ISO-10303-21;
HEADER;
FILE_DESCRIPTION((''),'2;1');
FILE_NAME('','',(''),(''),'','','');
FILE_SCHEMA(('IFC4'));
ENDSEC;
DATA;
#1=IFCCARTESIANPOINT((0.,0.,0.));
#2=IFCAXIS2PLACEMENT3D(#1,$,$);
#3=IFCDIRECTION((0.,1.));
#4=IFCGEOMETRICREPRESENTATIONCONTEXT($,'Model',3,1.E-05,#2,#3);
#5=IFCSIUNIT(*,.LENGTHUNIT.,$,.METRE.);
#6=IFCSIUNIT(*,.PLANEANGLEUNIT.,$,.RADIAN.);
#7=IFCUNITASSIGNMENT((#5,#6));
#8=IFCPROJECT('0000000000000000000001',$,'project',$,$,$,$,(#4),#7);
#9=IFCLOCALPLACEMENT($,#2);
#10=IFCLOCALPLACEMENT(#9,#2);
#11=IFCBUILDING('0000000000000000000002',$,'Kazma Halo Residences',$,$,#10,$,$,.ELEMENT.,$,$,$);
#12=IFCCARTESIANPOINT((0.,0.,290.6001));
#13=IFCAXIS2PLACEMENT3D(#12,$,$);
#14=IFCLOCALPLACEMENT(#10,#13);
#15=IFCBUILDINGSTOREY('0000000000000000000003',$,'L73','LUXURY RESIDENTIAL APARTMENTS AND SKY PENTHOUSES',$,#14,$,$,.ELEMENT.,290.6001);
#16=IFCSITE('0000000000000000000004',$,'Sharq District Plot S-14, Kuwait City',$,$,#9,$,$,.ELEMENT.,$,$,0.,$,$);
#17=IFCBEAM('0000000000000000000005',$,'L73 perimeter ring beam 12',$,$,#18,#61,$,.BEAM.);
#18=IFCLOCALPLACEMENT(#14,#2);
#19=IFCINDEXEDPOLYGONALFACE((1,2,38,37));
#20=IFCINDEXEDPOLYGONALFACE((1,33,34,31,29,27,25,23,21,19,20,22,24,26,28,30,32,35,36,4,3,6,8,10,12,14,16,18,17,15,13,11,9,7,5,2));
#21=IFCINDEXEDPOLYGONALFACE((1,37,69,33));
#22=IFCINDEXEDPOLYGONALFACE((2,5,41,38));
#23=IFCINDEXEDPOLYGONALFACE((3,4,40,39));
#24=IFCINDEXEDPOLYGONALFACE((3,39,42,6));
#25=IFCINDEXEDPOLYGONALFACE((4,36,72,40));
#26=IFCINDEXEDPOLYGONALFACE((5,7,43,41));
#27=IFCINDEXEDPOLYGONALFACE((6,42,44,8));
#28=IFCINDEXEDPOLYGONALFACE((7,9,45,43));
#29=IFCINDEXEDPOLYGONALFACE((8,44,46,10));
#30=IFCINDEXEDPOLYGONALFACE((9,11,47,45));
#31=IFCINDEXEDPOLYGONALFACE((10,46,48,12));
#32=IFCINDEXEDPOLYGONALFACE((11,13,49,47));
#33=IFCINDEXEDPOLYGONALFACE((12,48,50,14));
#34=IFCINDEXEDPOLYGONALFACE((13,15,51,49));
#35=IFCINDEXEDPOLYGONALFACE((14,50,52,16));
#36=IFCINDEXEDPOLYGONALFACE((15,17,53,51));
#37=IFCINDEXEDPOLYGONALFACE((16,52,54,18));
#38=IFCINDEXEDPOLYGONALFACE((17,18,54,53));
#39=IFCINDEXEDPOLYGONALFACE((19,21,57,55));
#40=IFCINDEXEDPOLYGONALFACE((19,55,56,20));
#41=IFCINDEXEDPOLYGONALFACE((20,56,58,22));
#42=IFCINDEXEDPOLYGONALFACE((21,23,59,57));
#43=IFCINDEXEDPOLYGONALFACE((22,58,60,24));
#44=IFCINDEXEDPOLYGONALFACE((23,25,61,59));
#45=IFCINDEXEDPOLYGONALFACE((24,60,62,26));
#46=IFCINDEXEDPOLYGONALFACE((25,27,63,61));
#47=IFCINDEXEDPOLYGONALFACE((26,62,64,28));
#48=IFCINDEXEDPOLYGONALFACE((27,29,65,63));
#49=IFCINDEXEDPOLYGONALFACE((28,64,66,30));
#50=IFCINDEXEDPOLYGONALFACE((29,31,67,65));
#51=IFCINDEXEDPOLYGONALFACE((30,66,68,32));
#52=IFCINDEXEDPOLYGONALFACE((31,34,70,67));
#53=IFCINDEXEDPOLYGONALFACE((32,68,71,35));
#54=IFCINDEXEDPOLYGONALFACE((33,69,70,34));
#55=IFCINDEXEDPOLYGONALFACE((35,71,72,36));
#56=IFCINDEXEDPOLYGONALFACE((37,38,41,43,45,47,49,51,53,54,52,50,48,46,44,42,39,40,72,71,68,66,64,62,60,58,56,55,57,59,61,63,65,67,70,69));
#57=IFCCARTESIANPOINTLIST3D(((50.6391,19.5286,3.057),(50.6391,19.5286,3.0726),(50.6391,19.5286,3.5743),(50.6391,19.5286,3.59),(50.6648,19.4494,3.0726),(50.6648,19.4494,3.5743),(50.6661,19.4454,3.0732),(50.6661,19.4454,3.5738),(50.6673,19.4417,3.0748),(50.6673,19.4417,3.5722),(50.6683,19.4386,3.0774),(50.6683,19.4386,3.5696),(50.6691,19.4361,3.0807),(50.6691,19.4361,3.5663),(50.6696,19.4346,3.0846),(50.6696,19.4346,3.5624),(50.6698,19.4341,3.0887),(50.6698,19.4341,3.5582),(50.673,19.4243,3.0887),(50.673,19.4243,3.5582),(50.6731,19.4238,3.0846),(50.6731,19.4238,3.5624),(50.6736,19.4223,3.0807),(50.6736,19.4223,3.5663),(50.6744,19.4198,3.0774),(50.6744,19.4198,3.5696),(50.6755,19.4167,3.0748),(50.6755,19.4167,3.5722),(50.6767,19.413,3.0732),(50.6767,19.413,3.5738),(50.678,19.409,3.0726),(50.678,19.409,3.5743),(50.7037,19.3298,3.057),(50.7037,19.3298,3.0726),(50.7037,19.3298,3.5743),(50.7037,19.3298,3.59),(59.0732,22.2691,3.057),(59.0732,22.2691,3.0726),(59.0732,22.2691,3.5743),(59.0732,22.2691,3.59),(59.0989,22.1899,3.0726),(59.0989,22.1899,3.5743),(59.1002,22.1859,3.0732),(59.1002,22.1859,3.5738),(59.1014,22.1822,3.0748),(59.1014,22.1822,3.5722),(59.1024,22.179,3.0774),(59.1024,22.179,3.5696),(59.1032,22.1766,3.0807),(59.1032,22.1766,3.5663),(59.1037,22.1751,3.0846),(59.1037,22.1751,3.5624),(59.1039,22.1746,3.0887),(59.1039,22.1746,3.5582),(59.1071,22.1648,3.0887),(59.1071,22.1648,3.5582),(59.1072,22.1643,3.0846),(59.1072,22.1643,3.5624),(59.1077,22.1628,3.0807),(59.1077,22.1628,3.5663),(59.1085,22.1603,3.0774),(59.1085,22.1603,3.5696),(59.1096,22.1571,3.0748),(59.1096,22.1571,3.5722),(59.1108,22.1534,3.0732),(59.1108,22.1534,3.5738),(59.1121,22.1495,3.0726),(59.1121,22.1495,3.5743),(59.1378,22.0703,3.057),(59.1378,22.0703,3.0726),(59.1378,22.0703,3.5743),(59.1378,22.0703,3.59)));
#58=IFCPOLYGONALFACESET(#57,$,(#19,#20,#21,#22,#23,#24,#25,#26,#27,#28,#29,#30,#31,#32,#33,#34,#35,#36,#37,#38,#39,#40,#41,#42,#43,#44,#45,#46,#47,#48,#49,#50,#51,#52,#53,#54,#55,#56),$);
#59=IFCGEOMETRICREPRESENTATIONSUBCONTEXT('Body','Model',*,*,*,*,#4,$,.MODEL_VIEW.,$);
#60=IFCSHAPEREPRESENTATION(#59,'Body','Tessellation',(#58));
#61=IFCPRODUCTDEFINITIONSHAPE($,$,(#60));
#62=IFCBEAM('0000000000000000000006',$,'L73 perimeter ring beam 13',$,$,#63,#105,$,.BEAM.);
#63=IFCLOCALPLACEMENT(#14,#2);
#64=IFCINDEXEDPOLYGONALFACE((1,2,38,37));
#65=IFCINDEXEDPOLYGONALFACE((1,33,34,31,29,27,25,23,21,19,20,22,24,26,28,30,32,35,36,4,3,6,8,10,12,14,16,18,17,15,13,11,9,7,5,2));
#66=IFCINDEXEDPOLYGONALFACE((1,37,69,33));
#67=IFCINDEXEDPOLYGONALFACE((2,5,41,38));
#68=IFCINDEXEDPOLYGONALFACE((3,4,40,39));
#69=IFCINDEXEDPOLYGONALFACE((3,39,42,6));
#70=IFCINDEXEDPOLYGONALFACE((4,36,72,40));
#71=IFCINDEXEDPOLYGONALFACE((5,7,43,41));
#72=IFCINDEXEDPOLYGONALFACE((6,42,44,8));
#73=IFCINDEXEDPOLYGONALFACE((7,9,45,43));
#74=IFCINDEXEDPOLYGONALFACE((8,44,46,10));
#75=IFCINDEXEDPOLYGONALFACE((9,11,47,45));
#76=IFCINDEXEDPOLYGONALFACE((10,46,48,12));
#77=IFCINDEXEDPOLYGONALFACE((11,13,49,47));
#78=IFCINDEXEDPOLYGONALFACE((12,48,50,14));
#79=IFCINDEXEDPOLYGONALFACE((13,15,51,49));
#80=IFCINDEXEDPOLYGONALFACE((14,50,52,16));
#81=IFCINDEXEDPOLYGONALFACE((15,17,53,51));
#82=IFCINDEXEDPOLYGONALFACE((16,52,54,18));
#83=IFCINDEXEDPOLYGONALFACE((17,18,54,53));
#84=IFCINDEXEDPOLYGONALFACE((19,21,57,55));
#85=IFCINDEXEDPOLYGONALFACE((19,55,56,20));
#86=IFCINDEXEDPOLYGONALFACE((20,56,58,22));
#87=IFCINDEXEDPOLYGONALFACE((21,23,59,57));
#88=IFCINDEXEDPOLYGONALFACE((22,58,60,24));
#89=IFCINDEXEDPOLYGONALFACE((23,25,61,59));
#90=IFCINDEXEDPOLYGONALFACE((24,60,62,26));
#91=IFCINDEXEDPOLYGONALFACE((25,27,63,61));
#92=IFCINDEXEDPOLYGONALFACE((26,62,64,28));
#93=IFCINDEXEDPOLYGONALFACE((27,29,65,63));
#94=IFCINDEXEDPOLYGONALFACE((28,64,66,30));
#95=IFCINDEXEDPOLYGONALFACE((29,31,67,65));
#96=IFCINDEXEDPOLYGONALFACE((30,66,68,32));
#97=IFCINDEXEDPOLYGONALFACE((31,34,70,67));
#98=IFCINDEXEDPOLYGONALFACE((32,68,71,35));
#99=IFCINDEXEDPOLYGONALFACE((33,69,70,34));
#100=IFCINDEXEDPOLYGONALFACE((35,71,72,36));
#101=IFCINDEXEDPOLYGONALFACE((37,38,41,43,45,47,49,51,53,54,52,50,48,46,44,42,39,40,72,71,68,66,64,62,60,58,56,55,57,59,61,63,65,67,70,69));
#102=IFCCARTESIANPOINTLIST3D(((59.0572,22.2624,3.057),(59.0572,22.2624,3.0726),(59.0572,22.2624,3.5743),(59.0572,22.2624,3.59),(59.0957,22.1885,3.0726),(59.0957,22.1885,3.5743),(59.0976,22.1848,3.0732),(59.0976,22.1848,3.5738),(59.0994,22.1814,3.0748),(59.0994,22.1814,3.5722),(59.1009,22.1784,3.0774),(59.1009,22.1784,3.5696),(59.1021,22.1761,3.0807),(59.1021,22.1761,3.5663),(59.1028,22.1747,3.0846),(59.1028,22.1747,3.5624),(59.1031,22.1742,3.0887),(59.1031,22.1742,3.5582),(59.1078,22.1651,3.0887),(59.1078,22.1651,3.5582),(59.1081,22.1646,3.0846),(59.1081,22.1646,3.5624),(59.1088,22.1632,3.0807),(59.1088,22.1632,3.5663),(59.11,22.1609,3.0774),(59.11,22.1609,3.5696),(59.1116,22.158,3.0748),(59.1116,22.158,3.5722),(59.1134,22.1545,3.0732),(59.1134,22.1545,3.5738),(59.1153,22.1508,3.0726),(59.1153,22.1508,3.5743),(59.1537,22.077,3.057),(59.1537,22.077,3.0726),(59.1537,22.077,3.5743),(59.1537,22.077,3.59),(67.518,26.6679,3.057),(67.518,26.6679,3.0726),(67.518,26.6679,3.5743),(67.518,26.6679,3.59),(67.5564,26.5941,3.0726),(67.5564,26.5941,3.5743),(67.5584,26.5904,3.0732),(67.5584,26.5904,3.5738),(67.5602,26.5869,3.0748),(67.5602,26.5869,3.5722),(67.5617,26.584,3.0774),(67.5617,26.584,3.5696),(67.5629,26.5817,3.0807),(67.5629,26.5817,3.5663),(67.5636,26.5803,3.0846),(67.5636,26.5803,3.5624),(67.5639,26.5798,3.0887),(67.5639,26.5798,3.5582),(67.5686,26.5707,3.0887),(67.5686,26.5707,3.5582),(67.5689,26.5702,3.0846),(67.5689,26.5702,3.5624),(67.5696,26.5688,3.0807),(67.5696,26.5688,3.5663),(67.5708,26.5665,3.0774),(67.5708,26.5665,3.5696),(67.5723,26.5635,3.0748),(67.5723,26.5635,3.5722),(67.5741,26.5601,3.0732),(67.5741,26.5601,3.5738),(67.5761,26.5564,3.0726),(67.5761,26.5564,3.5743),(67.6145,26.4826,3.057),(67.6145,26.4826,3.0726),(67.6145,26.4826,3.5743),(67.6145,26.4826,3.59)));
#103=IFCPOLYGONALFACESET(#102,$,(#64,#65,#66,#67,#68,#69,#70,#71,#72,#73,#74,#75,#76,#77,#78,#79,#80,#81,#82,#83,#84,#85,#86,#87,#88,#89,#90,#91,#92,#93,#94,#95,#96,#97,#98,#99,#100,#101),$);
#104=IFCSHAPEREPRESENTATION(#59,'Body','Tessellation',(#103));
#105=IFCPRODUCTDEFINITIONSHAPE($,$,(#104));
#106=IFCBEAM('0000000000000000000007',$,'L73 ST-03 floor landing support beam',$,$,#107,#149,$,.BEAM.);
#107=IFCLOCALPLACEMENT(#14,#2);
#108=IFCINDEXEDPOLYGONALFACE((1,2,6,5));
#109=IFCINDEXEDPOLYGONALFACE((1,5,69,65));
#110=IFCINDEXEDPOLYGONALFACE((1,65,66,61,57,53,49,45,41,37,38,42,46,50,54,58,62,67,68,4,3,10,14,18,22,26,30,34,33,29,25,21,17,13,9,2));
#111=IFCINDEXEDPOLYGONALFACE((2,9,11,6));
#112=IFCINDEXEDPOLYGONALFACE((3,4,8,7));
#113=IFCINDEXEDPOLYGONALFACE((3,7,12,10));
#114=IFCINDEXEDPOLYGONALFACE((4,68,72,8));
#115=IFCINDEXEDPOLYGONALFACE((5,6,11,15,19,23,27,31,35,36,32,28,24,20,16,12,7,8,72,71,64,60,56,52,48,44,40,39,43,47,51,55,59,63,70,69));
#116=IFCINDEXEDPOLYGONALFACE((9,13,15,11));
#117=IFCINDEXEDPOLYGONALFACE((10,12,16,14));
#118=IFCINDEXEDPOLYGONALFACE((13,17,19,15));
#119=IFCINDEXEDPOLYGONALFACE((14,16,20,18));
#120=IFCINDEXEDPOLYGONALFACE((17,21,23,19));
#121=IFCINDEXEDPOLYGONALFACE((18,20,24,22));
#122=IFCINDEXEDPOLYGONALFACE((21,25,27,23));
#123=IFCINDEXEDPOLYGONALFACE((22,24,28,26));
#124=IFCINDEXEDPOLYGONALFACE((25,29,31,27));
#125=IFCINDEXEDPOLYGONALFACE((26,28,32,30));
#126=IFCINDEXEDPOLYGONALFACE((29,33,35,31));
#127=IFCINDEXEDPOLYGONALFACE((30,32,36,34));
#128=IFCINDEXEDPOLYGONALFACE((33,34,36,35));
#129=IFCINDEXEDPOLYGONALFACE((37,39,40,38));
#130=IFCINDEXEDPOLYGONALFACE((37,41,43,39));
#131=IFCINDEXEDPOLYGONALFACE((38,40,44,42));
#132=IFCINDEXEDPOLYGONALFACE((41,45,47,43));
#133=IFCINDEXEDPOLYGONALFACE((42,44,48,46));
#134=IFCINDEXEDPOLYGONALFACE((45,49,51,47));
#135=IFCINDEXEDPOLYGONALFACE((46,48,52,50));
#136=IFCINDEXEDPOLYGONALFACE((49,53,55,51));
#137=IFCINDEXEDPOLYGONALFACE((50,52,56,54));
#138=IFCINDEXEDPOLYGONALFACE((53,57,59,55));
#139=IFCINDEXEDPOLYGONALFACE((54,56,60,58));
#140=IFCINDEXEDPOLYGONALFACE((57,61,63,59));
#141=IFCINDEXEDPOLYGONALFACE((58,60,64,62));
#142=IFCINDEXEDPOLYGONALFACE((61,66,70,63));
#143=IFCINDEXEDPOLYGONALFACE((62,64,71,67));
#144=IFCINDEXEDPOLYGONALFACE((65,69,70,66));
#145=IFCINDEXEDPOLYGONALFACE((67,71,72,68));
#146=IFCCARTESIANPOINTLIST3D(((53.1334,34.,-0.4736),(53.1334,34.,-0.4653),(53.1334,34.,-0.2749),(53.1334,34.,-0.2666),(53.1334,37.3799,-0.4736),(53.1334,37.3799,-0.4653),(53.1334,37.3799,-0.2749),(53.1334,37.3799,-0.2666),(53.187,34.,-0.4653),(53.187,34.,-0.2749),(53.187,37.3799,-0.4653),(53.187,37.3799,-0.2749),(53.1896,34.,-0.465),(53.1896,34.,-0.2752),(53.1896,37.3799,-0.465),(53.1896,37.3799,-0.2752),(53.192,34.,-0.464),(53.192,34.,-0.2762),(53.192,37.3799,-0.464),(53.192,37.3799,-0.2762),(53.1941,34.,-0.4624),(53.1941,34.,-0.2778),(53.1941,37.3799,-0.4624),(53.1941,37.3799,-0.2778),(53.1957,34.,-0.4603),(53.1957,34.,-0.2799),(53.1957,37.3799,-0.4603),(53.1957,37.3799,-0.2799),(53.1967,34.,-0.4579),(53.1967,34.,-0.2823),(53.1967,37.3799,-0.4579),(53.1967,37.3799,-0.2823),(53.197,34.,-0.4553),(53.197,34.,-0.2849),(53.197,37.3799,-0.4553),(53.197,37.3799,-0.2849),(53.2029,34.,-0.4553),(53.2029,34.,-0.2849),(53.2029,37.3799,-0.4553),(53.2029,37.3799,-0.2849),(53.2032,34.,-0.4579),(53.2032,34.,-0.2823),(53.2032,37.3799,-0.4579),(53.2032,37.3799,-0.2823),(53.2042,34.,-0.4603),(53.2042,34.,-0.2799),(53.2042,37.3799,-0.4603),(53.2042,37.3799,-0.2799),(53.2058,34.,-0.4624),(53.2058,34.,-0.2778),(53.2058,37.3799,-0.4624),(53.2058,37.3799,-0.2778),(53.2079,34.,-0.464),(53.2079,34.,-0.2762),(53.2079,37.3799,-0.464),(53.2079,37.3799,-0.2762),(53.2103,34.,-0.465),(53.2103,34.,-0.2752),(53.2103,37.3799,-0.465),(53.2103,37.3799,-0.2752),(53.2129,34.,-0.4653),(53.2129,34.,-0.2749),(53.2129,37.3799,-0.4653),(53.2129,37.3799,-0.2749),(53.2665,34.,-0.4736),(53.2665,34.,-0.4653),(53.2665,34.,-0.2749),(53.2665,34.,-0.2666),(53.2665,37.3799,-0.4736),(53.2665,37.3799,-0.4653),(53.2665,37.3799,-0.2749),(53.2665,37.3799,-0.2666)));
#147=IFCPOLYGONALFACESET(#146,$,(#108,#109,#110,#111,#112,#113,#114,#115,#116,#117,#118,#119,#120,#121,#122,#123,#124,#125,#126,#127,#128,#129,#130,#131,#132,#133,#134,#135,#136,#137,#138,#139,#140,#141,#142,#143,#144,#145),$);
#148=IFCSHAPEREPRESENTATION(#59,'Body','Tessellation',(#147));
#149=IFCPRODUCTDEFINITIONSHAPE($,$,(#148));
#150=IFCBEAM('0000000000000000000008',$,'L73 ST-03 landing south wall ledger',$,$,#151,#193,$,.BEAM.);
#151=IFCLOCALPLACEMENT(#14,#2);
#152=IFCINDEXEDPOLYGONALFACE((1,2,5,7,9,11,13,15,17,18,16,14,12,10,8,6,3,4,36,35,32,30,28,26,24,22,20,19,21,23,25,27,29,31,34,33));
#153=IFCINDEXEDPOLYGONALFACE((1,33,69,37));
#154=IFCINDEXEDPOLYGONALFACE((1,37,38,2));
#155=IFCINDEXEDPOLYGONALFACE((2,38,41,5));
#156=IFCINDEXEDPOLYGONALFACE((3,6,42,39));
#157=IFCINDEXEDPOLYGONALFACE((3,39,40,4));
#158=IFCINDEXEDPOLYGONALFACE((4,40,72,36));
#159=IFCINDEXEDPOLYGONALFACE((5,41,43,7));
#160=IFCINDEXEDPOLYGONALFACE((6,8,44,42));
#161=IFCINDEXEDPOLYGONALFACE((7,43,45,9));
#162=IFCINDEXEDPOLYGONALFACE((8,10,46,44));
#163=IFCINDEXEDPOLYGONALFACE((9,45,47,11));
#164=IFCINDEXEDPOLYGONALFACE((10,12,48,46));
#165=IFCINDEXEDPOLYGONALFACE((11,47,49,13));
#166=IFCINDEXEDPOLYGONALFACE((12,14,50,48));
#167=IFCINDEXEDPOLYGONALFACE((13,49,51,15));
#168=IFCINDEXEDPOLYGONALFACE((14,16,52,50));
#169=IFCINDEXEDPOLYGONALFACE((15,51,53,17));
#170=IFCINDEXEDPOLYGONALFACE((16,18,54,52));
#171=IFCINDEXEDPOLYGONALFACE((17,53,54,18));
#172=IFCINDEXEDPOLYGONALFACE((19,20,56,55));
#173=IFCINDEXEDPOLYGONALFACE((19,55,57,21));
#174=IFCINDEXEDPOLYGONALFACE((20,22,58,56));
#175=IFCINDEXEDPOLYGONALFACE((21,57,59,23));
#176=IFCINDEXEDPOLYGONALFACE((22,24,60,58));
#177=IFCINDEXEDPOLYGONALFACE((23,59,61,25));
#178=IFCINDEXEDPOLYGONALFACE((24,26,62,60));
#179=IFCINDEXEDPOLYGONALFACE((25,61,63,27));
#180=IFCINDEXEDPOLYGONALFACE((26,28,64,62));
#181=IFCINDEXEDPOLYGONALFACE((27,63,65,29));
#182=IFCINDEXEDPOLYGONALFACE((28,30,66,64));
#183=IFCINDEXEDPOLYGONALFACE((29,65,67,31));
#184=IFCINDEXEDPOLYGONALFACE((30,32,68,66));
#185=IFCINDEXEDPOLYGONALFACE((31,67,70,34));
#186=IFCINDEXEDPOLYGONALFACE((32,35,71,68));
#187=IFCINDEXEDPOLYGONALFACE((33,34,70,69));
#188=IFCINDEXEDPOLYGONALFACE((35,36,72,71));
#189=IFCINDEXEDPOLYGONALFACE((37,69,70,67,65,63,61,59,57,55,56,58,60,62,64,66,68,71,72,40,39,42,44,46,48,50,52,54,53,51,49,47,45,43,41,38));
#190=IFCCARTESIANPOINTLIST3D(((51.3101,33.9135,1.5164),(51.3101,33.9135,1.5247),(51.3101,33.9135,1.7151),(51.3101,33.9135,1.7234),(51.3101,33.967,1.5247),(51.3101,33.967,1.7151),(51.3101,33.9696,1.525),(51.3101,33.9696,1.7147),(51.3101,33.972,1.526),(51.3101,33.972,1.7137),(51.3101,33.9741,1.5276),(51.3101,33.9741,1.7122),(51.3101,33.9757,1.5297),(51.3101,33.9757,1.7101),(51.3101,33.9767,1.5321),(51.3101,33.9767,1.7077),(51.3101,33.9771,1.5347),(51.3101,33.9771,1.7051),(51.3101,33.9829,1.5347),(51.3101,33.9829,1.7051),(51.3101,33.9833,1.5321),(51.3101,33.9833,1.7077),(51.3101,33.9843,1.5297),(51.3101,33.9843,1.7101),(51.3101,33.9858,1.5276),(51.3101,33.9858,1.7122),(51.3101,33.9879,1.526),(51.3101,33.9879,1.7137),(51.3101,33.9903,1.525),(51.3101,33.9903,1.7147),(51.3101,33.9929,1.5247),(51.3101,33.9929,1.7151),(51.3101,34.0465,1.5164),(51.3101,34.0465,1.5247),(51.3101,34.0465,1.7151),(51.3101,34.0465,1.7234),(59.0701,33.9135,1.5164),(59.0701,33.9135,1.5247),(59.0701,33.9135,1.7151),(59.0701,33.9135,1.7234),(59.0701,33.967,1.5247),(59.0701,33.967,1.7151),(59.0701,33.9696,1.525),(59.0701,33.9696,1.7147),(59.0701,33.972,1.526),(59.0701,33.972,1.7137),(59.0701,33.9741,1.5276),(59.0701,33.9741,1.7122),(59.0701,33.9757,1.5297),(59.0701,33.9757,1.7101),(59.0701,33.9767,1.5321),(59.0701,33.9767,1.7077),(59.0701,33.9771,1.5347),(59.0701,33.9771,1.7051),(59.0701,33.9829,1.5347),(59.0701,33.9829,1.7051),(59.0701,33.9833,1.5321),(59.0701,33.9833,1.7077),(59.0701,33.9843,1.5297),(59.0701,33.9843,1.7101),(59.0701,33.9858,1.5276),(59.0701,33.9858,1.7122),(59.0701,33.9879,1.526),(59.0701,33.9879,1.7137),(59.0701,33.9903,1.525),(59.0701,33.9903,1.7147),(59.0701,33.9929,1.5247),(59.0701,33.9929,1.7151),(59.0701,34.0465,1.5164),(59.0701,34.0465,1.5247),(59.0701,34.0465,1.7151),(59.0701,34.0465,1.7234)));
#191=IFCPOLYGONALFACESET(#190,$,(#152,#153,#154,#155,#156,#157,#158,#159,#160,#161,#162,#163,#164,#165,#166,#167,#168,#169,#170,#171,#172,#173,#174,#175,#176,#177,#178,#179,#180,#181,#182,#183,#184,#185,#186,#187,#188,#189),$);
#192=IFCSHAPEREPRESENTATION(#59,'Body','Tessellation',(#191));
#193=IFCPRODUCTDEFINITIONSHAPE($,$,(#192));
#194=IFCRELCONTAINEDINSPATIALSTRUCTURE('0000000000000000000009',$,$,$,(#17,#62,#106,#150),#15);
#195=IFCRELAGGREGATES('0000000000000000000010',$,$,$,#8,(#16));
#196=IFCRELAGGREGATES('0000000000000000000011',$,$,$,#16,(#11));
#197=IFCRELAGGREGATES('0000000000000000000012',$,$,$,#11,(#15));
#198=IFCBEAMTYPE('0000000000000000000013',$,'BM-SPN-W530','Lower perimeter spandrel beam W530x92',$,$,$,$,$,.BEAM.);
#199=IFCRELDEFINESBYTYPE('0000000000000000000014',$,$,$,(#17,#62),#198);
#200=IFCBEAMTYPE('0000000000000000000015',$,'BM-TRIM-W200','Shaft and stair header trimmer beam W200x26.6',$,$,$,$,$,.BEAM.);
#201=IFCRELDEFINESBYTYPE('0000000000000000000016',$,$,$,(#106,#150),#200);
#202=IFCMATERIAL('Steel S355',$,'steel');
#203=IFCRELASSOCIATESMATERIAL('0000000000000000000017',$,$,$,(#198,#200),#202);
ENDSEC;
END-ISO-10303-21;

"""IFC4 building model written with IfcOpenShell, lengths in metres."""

from ifc_helpers import new_model, si_unit, direction, frame, origin, origin_2d, place, context, subcontext, project, spatial, i_section, extrude, material, material_profile, profile_set, type_object, element, save


model = new_model("IFC4")

# Units and contexts
model_context = context("Model", 3, precision=1e-05, world=origin(), true_north=direction((0.0, 1.0)))
body_context = subcontext(model_context, "Body", "Model", "MODEL_VIEW")
ifc_project = project(units=[si_unit("LENGTHUNIT", "METRE"), si_unit("PLANEANGLEUNIT", "RADIAN")], contexts=[model_context])

# Site, building, storey
site_placement = place(None, origin())
site = spatial("IfcSite", under=ifc_project, at=site_placement, Name="Sharq District Plot S-14, Kuwait City", CompositionType="ELEMENT", RefElevation=0.0)
building_placement = place(site_placement, origin())
building = spatial("IfcBuilding", under=site, at=building_placement, Name="Kazma Halo Residences", CompositionType="ELEMENT")
storey_placement = place(building_placement, frame((0.0, 0.0, 290.6001)))
storey = spatial("IfcBuildingStorey", under=building, at=storey_placement, Name="L73", Description="LUXURY RESIDENTIAL APARTMENTS AND SKY PENTHOUSES", CompositionType="ELEMENT", Elevation=290.6001)

# Beams
ifc_material_1 = material(Name="Steel S355", Category="steel")
ifc_material_profile_1 = material_profile(ifc_material_1, i_section(OverallWidth=0.209, OverallDepth=0.533, WebThickness=0.0103, FlangeThickness=0.0156, FilletRadius=0.0161, at=origin_2d()), Name="W530x92")
ifc_profile_set_1 = profile_set([ifc_material_profile_1], Name="Steel S355")
beam_type_1 = type_object("IfcBeamType", Name="BM-SPN-W530", Description="Lower perimeter spandrel beam W530x92", PredefinedType="BEAM", material=ifc_profile_set_1)
beam_1_placement = place(storey_placement, frame((50.6714, 19.4292, 3.3235), z_axis=(0.951054, 0.309025, 0.0), x_axis=(-0.309025, 0.951054, 0.0)))
element("IfcBeam", 1, at=beam_1_placement, inside=storey, type_object=beam_type_1, Name="L73 perimeter ring beam 12", PredefinedType="BEAM", context=body_context, shape_type="SweptSolid", body=[
    extrude(i_section(OverallWidth=0.209, OverallDepth=0.533, WebThickness=0.0103, FlangeThickness=0.0156, FilletRadius=0.0161, at=origin_2d()), origin(), (0.0, 0.0, 1.0), 8.8682),
])
beam_2_placement = place(storey_placement, frame((59.1055, 22.1697, 3.3235), z_axis=(0.886961, 0.461844, 0.0), x_axis=(-0.461844, 0.886961, 0.0)))
element("IfcBeam", 2, at=beam_2_placement, inside=storey, type_object=beam_type_1, Name="L73 perimeter ring beam 13", PredefinedType="BEAM", context=body_context, shape_type="SweptSolid", body=[
    extrude(i_section(OverallWidth=0.209, OverallDepth=0.533, WebThickness=0.0103, FlangeThickness=0.0156, FilletRadius=0.0161, at=origin_2d()), origin(), (0.0, 0.0, 1.0), 9.5391),
])
ifc_material_profile_2 = material_profile(ifc_material_1, i_section(OverallWidth=0.1331, OverallDepth=0.207, WebThickness=0.0059, FlangeThickness=0.0083, FilletRadius=0.01, at=origin_2d()), Name="W200x26.6")
ifc_profile_set_2 = profile_set([ifc_material_profile_2], Name="Steel S355")
beam_type_2 = type_object("IfcBeamType", Name="BM-TRIM-W200", Description="Shaft and stair header trimmer beam W200x26.6", PredefinedType="BEAM", material=ifc_profile_set_2)
beam_3_placement = place(storey_placement, frame((53.2, 34.0, -0.3701), z_axis=(0.0, 1.0, 0.0), x_axis=(-1.0, 0.0, 0.0)))
element("IfcBeam", 3, at=beam_3_placement, inside=storey, type_object=beam_type_2, Name="L73 ST-03 floor landing support beam", PredefinedType="BEAM", context=body_context, shape_type="SweptSolid", body=[
    extrude(i_section(OverallWidth=0.1331, OverallDepth=0.207, WebThickness=0.0059, FlangeThickness=0.0083, FilletRadius=0.01, at=origin_2d()), origin(), (0.0, 0.0, 1.0), 3.3799),
])
beam_4_placement = place(storey_placement, frame((51.3101, 33.98, 1.6199), z_axis=(1.0, 0.0, 0.0), x_axis=(0.0, 1.0, 0.0)))
element("IfcBeam", 4, at=beam_4_placement, inside=storey, type_object=beam_type_2, Name="L73 ST-03 landing south wall ledger", PredefinedType="BEAM", context=body_context, shape_type="SweptSolid", body=[
    extrude(i_section(OverallWidth=0.1331, OverallDepth=0.207, WebThickness=0.0059, FlangeThickness=0.0083, FilletRadius=0.01, at=origin_2d()), origin(), (0.0, 0.0, 1.0), 7.76),
])

save(model, "model.ifc")
